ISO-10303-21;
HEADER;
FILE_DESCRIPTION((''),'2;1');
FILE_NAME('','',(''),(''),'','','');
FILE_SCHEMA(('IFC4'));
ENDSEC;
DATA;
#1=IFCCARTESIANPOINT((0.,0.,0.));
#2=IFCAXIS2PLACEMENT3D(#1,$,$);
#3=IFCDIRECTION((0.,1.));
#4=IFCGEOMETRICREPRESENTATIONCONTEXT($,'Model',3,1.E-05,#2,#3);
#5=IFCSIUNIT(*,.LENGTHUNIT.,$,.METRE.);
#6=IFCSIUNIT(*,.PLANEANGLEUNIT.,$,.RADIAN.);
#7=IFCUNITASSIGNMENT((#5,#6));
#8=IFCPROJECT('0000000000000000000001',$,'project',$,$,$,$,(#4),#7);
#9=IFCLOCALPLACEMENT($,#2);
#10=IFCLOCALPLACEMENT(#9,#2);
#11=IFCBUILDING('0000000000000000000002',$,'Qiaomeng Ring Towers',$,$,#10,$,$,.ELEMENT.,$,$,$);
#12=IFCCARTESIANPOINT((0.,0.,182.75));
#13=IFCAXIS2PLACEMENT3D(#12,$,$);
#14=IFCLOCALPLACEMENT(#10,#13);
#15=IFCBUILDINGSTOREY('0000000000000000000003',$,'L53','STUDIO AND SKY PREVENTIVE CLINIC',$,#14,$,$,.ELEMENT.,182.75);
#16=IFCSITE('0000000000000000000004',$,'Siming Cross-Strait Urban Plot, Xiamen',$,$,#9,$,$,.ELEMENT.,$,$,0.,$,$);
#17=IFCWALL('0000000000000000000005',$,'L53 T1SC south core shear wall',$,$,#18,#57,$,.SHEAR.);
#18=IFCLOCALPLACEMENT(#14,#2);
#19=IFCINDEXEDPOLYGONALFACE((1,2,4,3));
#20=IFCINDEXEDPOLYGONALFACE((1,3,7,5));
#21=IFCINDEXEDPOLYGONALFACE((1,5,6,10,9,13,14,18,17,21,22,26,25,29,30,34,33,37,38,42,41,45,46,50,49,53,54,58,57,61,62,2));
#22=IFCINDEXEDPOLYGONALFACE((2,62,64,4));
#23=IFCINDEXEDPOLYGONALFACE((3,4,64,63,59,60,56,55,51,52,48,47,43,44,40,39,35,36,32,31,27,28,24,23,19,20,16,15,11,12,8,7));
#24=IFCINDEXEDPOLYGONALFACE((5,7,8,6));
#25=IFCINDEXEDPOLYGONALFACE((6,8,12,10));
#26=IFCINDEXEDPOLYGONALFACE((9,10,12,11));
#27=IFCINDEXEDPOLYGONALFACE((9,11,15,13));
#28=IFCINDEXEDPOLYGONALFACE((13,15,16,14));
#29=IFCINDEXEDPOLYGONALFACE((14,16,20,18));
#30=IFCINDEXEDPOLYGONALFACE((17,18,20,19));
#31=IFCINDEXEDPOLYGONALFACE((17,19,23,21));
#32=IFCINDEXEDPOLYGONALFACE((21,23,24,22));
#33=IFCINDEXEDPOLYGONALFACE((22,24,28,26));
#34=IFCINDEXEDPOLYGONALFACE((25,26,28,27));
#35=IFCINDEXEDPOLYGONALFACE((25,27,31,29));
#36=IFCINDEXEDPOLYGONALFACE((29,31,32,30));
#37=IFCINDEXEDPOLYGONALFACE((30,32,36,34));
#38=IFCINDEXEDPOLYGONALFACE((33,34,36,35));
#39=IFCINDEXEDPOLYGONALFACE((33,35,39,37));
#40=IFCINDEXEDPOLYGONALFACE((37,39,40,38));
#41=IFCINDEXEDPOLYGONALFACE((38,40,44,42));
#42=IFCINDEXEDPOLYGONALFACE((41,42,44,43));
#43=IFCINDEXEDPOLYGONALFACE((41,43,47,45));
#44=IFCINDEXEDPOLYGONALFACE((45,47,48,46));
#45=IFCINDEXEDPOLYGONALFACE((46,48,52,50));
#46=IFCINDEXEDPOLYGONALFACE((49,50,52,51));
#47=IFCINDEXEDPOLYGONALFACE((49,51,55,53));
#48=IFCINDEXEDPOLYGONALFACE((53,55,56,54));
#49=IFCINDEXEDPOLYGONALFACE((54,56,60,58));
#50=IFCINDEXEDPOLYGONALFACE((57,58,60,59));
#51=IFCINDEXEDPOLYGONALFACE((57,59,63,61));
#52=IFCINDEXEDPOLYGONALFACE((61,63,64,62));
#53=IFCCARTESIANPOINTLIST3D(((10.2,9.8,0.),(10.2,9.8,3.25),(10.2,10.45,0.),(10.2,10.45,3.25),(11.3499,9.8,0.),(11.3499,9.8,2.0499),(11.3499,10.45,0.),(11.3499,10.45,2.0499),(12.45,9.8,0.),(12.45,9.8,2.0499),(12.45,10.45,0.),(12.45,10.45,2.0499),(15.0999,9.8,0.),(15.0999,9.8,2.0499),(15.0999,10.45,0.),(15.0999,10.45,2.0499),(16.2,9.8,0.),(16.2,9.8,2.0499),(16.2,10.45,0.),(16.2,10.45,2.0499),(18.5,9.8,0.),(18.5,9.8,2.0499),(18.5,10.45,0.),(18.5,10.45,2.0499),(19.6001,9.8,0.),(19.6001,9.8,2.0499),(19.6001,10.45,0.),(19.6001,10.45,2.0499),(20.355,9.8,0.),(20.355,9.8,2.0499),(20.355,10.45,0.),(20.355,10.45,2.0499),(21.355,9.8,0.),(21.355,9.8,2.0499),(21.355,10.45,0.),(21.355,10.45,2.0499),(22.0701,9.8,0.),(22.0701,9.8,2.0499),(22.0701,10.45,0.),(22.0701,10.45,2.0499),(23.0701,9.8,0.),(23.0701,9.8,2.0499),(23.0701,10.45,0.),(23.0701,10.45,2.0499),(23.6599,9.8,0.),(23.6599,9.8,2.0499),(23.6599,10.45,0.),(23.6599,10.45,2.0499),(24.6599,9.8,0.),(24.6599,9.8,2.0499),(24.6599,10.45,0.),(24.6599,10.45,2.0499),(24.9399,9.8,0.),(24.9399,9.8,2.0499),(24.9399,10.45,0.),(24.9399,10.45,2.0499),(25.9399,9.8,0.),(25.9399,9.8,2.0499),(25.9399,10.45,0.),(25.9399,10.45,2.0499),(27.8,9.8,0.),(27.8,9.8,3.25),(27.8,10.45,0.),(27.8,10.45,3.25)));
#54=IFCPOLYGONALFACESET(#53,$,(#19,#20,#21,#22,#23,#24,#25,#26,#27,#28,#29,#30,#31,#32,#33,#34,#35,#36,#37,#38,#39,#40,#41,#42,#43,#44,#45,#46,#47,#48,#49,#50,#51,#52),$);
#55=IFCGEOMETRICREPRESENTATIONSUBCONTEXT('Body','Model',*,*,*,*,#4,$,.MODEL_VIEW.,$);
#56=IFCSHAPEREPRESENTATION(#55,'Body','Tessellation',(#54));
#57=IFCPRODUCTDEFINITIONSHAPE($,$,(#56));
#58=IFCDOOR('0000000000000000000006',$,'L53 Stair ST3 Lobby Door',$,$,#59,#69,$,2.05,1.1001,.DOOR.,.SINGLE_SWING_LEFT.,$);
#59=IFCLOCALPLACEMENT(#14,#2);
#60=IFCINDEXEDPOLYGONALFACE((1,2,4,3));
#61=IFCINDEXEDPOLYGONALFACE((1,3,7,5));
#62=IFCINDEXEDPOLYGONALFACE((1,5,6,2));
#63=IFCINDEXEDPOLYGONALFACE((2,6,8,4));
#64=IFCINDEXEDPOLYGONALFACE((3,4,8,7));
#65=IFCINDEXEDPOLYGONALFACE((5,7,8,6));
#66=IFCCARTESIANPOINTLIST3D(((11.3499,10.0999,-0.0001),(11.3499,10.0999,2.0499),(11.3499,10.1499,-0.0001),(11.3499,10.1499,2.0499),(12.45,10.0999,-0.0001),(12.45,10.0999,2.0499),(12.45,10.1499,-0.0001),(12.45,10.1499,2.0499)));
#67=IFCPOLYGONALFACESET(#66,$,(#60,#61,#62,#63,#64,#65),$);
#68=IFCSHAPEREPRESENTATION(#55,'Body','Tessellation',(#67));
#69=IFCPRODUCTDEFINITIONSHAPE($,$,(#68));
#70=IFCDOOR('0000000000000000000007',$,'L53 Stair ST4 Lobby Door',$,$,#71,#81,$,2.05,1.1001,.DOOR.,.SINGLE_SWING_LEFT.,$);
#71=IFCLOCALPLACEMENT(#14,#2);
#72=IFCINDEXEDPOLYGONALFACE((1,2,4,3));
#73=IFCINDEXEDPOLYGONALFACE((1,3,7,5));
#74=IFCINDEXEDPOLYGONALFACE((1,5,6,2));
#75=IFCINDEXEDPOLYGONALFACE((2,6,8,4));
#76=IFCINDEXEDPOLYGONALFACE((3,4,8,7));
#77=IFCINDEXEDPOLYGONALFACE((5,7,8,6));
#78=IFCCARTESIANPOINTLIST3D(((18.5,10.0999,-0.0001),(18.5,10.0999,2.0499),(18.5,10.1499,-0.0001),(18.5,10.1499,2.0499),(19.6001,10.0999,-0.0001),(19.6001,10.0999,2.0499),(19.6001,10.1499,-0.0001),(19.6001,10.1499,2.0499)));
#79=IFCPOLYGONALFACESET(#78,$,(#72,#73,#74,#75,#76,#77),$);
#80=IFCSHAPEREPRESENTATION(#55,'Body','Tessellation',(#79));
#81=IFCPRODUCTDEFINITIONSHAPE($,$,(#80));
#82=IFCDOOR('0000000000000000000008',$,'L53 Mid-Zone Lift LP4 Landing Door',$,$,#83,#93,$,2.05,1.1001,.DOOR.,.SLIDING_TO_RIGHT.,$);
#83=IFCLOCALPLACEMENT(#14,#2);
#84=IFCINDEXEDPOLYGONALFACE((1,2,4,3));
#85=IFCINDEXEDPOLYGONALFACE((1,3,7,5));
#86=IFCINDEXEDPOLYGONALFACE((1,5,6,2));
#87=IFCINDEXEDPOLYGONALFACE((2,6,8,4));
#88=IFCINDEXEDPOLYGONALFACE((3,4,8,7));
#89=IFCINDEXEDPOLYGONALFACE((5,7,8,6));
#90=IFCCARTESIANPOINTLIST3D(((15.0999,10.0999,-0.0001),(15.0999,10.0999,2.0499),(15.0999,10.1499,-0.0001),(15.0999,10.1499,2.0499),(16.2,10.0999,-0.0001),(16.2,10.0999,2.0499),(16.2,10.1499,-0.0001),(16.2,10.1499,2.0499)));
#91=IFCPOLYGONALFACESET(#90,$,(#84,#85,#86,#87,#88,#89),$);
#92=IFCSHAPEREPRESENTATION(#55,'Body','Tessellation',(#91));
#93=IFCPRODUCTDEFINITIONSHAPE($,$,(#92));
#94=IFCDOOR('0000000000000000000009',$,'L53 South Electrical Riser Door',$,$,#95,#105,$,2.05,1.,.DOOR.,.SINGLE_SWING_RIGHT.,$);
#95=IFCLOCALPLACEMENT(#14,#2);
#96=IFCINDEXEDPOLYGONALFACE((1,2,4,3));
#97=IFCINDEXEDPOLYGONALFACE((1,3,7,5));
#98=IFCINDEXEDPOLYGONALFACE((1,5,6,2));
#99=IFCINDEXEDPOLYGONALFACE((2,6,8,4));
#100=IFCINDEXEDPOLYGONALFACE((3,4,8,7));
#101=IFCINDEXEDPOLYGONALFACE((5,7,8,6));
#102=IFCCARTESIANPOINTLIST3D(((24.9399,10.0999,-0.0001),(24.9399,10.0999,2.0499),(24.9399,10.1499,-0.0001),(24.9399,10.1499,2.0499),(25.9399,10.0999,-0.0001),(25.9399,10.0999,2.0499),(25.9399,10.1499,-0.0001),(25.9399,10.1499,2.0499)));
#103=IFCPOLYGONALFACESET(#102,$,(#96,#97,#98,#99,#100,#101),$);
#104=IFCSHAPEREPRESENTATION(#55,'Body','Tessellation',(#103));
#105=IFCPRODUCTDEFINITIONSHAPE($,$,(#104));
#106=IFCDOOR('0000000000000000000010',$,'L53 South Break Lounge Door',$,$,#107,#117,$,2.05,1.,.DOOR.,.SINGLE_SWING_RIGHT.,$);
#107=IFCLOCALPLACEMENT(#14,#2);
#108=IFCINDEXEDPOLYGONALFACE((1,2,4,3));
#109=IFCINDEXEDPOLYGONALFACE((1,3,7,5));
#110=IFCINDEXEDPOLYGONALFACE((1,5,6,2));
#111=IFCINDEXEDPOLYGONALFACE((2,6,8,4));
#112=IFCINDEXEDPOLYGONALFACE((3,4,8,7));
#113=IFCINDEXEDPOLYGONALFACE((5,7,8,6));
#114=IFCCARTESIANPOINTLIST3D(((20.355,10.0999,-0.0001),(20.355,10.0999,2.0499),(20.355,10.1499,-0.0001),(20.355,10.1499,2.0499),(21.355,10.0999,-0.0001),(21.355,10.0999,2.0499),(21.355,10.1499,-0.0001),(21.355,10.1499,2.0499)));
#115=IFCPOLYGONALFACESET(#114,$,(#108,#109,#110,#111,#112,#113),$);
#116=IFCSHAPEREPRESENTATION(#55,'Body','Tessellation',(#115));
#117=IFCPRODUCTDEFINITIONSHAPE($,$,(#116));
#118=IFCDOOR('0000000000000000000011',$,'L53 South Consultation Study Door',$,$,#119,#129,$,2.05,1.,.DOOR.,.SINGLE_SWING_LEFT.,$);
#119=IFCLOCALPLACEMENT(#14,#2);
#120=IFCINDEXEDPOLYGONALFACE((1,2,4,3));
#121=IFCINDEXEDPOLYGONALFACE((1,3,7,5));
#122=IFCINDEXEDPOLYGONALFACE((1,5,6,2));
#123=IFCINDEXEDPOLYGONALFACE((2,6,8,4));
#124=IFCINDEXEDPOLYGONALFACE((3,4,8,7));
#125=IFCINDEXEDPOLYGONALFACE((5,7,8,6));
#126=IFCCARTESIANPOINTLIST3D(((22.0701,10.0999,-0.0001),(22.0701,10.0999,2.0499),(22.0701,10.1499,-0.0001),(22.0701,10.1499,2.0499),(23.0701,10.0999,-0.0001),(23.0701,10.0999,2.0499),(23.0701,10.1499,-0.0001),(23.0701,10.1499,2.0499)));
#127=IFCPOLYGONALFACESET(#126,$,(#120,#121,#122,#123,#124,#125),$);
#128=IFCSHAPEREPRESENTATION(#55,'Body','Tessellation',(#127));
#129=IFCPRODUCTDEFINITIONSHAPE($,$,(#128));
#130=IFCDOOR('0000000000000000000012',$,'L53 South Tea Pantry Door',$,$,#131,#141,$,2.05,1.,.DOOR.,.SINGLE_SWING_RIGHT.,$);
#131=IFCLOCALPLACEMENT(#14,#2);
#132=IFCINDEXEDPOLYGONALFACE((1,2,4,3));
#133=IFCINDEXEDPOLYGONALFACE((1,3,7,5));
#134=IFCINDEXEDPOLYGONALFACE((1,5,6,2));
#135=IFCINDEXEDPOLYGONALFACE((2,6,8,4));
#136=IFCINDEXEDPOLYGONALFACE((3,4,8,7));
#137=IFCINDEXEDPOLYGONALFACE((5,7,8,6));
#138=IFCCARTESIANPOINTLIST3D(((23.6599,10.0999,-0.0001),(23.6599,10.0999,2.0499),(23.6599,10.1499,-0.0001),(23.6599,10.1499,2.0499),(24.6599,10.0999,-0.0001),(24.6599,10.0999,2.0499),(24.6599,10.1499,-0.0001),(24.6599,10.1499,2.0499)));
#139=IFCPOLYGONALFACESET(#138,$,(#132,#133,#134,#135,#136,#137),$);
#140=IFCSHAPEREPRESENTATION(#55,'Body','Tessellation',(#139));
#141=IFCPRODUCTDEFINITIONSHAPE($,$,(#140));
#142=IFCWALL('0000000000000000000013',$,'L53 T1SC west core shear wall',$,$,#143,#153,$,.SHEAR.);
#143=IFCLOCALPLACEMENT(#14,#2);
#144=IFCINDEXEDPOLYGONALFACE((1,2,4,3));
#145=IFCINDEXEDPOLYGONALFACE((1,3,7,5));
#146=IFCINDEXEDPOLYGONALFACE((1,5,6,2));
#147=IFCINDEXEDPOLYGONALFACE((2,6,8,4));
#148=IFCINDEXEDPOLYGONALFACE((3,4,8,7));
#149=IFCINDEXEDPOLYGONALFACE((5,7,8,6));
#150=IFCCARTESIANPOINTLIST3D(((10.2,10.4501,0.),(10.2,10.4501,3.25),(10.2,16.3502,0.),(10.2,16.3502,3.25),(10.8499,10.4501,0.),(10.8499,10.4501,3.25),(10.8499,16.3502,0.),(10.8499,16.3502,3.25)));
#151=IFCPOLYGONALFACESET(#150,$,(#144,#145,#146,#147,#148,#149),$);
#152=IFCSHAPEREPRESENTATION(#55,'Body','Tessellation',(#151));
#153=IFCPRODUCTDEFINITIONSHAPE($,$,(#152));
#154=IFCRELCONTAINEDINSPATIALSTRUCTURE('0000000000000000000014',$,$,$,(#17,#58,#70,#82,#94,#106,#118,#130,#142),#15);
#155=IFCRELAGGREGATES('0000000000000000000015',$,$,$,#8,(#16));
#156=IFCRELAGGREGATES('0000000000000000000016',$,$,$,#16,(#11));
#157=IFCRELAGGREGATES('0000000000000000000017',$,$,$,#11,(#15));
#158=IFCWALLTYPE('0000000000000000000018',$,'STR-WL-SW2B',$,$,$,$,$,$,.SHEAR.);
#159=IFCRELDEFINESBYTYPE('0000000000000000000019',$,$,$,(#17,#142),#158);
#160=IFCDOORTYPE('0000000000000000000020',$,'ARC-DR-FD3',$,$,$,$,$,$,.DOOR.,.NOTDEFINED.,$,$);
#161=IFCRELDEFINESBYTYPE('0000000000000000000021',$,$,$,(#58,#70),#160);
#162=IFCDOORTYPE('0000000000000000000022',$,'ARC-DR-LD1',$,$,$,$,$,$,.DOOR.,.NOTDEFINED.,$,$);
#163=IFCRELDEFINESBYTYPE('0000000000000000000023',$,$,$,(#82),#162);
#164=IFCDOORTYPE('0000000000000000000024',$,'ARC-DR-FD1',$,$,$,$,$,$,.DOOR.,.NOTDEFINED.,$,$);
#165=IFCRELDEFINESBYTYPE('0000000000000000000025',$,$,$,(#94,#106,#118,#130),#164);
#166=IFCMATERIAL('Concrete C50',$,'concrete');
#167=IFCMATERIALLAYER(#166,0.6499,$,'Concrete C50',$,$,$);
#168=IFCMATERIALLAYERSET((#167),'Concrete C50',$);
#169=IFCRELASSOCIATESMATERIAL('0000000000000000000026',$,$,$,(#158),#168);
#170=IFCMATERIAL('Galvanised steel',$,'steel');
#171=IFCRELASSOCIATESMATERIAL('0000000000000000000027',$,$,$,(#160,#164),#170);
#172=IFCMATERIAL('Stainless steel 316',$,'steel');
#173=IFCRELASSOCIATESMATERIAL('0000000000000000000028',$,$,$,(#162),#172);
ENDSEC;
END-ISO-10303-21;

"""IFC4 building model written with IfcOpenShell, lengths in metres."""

from ifc_helpers import new_model, si_unit, direction, frame, frame_2d, origin, place, context, subcontext, project, spatial, rectangle, extrude, source, transform, mapped, material, layer, layer_set, type_object, element, fill, save


model = new_model("IFC4")

# Units and contexts
model_context = context("Model", 3, precision=1e-05, world=origin(), true_north=direction((0.0, 1.0)))
body_context = subcontext(model_context, "Body", "Model", "MODEL_VIEW")
ifc_project = project(units=[si_unit("LENGTHUNIT", "METRE"), si_unit("PLANEANGLEUNIT", "RADIAN")], contexts=[model_context])

# Site, building, storey
site_placement = place(None, origin())
site = spatial("IfcSite", under=ifc_project, at=site_placement, Name="Siming Cross-Strait Urban Plot, Xiamen", CompositionType="ELEMENT", RefElevation=0.0)
building_placement = place(site_placement, origin())
building = spatial("IfcBuilding", under=site, at=building_placement, Name="Qiaomeng Ring Towers", CompositionType="ELEMENT")
storey_placement = place(building_placement, frame((0.0, 0.0, 182.75)))
storey = spatial("IfcBuildingStorey", under=building, at=storey_placement, Name="L53", Description="STUDIO AND SKY PREVENTIVE CLINIC", CompositionType="ELEMENT", Elevation=182.75)

# Wall, openings, doors
shared_shape_1 = source(origin(), body_context, "Body", "SweptSolid", [
    extrude(rectangle(XDim=1.0, YDim=2.05, at=frame_2d((0.5, 1.0249))), frame((0.0, 0.0249, 0.0), z_axis=(0.0, -1.0, 0.0), x_axis=(1.0, 0.0, 0.0)), (0.0, 0.0, 1.0), 0.05),
])
ifc_material_1 = material(Name="Concrete C50", Category="concrete")
ifc_layer_1 = layer(ifc_material_1, 0.6499, Name="Concrete C50")
ifc_layer_set_1 = layer_set([ifc_layer_1], Name="Concrete C50")
wall_type_1 = type_object("IfcWallType", Name="STR-WL-SW2B", PredefinedType="SHEAR", material=ifc_layer_set_1)
wall_1_placement = place(storey_placement, frame((10.2, 10.125, 0.0), z_axis=(0.0, 0.0, 1.0), x_axis=(1.0, 0.0, 0.0)))
wall_1 = element("IfcWall", 1, at=wall_1_placement, inside=storey, type_object=wall_type_1, Name="L53 T1SC south core shear wall", PredefinedType="SHEAR", context=body_context, shape_type="SweptSolid", body=[
    extrude(rectangle(XDim=17.6001, YDim=0.6499, at=frame_2d((8.8, 0.0))), origin(), (0.0, 0.0, 1.0), 3.25),
])
opening_1_placement = place(wall_1_placement, frame((1.1499, 0.0, 0.0)))
opening_1 = element("IfcOpeningElement", 2, at=opening_1_placement, cuts=wall_1, PredefinedType="OPENING", context=body_context, shape_type="SweptSolid", body=[
    extrude(rectangle(XDim=1.1001, YDim=2.05, at=frame_2d((0.55, 1.0249))), frame((0.0, 0.335, 0.0), z_axis=(0.0, -1.0, 0.0), x_axis=(1.0, 0.0, 0.0)), (0.0, 0.0, 1.0), 0.6699),
])
opening_2_placement = place(wall_1_placement, frame((8.3, 0.0, 0.0)))
opening_2 = element("IfcOpeningElement", 3, at=opening_2_placement, cuts=wall_1, PredefinedType="OPENING", context=body_context, shape_type="SweptSolid", body=[
    extrude(rectangle(XDim=1.1001, YDim=2.05, at=frame_2d((0.55, 1.0249))), frame((0.0, 0.335, 0.0), z_axis=(0.0, -1.0, 0.0), x_axis=(1.0, 0.0, 0.0)), (0.0, 0.0, 1.0), 0.6699),
])
opening_3_placement = place(wall_1_placement, frame((4.8999, 0.0, 0.0)))
opening_3 = element("IfcOpeningElement", 4, at=opening_3_placement, cuts=wall_1, PredefinedType="OPENING", context=body_context, shape_type="SweptSolid", body=[
    extrude(rectangle(XDim=1.1001, YDim=2.05, at=frame_2d((0.55, 1.0249))), frame((0.0, 0.335, 0.0), z_axis=(0.0, -1.0, 0.0), x_axis=(1.0, 0.0, 0.0)), (0.0, 0.0, 1.0), 0.6699),
])
opening_4_placement = place(wall_1_placement, frame((14.74, 0.0, 0.0)))
opening_4 = element("IfcOpeningElement", 5, at=opening_4_placement, cuts=wall_1, PredefinedType="OPENING", context=body_context, shape_type="SweptSolid", body=[
    extrude(rectangle(XDim=1.0, YDim=2.05, at=frame_2d((0.5, 1.0249))), frame((0.0, 0.335, 0.0), z_axis=(0.0, -1.0, 0.0), x_axis=(1.0, 0.0, 0.0)), (0.0, 0.0, 1.0), 0.6699),
])
opening_5_placement = place(wall_1_placement, frame((10.155, 0.0, 0.0)))
opening_5 = element("IfcOpeningElement", 6, at=opening_5_placement, cuts=wall_1, PredefinedType="OPENING", context=body_context, shape_type="SweptSolid", body=[
    extrude(rectangle(XDim=1.0, YDim=2.05, at=frame_2d((0.5, 1.0249))), frame((0.0, 0.335, 0.0), z_axis=(0.0, -1.0, 0.0), x_axis=(1.0, 0.0, 0.0)), (0.0, 0.0, 1.0), 0.6699),
])
opening_6_placement = place(wall_1_placement, frame((11.8701, 0.0, 0.0)))
opening_6 = element("IfcOpeningElement", 7, at=opening_6_placement, cuts=wall_1, PredefinedType="OPENING", context=body_context, shape_type="SweptSolid", body=[
    extrude(rectangle(XDim=1.0, YDim=2.05, at=frame_2d((0.5, 1.0249))), frame((0.0, 0.335, 0.0), z_axis=(0.0, -1.0, 0.0), x_axis=(1.0, 0.0, 0.0)), (0.0, 0.0, 1.0), 0.6699),
])
opening_7_placement = place(wall_1_placement, frame((13.46, 0.0, 0.0)))
opening_7 = element("IfcOpeningElement", 8, at=opening_7_placement, cuts=wall_1, PredefinedType="OPENING", context=body_context, shape_type="SweptSolid", body=[
    extrude(rectangle(XDim=1.0, YDim=2.05, at=frame_2d((0.5, 1.0249))), frame((0.0, 0.335, 0.0), z_axis=(0.0, -1.0, 0.0), x_axis=(1.0, 0.0, 0.0)), (0.0, 0.0, 1.0), 0.6699),
])
ifc_material_2 = material(Name="Galvanised steel", Category="steel")
door_type_1 = type_object("IfcDoorType", Name="ARC-DR-FD3", OperationType="NOTDEFINED", PredefinedType="DOOR", material=ifc_material_2)
shared_shape_2 = source(origin(), body_context, "Body", "SweptSolid", [
    extrude(rectangle(XDim=1.1001, YDim=2.05, at=frame_2d((0.55, 1.0249))), frame((0.0, 0.0249, 0.0), z_axis=(0.0, -1.0, 0.0), x_axis=(1.0, 0.0, 0.0)), (0.0, 0.0, 1.0), 0.05),
])
door_1_placement = place(opening_1_placement, origin())
door_1 = element("IfcDoor", 9, at=door_1_placement, inside=storey, type_object=door_type_1, Name="L53 Stair ST3 Lobby Door", OperationType="SINGLE_SWING_LEFT", OverallHeight=2.05, OverallWidth=1.1001, PredefinedType="DOOR", context=body_context, shape_type="MappedRepresentation", body=[
    mapped(shared_shape_2, transform((0.0, 0.0, 0.0), x_axis=(1.0, 0.0, 0.0), y_axis=(0.0, 1.0, 0.0), z_axis=(0.0, 0.0, 1.0), scale=1.0)),
])
fill(opening_1, door_1)
door_2_placement = place(opening_2_placement, origin())
door_2 = element("IfcDoor", 10, at=door_2_placement, inside=storey, type_object=door_type_1, Name="L53 Stair ST4 Lobby Door", OperationType="SINGLE_SWING_LEFT", OverallHeight=2.05, OverallWidth=1.1001, PredefinedType="DOOR", context=body_context, shape_type="MappedRepresentation", body=[
    mapped(shared_shape_2, transform((0.0, 0.0, 0.0), x_axis=(1.0, 0.0, 0.0), y_axis=(0.0, 1.0, 0.0), z_axis=(0.0, 0.0, 1.0), scale=1.0)),
])
fill(opening_2, door_2)
ifc_material_3 = material(Name="Stainless steel 316", Category="steel")
door_type_2 = type_object("IfcDoorType", Name="ARC-DR-LD1", OperationType="NOTDEFINED", PredefinedType="DOOR", material=ifc_material_3)
door_3_placement = place(opening_3_placement, origin())
door_3 = element("IfcDoor", 11, at=door_3_placement, inside=storey, type_object=door_type_2, Name="L53 Mid-Zone Lift LP4 Landing Door", OperationType="SLIDING_TO_RIGHT", OverallHeight=2.05, OverallWidth=1.1001, PredefinedType="DOOR", context=body_context, shape_type="MappedRepresentation", body=[
    mapped(shared_shape_2, transform((0.0, 0.0, 0.0), x_axis=(1.0, 0.0, 0.0), y_axis=(0.0, 1.0, 0.0), z_axis=(0.0, 0.0, 1.0), scale=1.0)),
])
fill(opening_3, door_3)
door_type_3 = type_object("IfcDoorType", Name="ARC-DR-FD1", OperationType="NOTDEFINED", PredefinedType="DOOR", material=ifc_material_2)
door_4_placement = place(opening_4_placement, origin())
door_4 = element("IfcDoor", 12, at=door_4_placement, inside=storey, type_object=door_type_3, Name="L53 South Electrical Riser Door", OperationType="SINGLE_SWING_RIGHT", OverallHeight=2.05, OverallWidth=1.0, PredefinedType="DOOR", context=body_context, shape_type="MappedRepresentation", body=[
    mapped(shared_shape_1, transform((0.0, 0.0, 0.0), x_axis=(1.0, 0.0, 0.0), y_axis=(0.0, 1.0, 0.0), z_axis=(0.0, 0.0, 1.0), scale=1.0)),
])
fill(opening_4, door_4)
door_5_placement = place(opening_5_placement, origin())
door_5 = element("IfcDoor", 13, at=door_5_placement, inside=storey, type_object=door_type_3, Name="L53 South Break Lounge Door", OperationType="SINGLE_SWING_RIGHT", OverallHeight=2.05, OverallWidth=1.0, PredefinedType="DOOR", context=body_context, shape_type="MappedRepresentation", body=[
    mapped(shared_shape_1, transform((0.0, 0.0, 0.0), x_axis=(1.0, 0.0, 0.0), y_axis=(0.0, 1.0, 0.0), z_axis=(0.0, 0.0, 1.0), scale=1.0)),
])
fill(opening_5, door_5)
door_6_placement = place(opening_6_placement, origin())
door_6 = element("IfcDoor", 14, at=door_6_placement, inside=storey, type_object=door_type_3, Name="L53 South Consultation Study Door", OperationType="SINGLE_SWING_LEFT", OverallHeight=2.05, OverallWidth=1.0, PredefinedType="DOOR", context=body_context, shape_type="MappedRepresentation", body=[
    mapped(shared_shape_1, transform((0.0, 0.0, 0.0), x_axis=(1.0, 0.0, 0.0), y_axis=(0.0, 1.0, 0.0), z_axis=(0.0, 0.0, 1.0), scale=1.0)),
])
fill(opening_6, door_6)
door_7_placement = place(opening_7_placement, origin())
door_7 = element("IfcDoor", 15, at=door_7_placement, inside=storey, type_object=door_type_3, Name="L53 South Tea Pantry Door", OperationType="SINGLE_SWING_RIGHT", OverallHeight=2.05, OverallWidth=1.0, PredefinedType="DOOR", context=body_context, shape_type="MappedRepresentation", body=[
    mapped(shared_shape_1, transform((0.0, 0.0, 0.0), x_axis=(1.0, 0.0, 0.0), y_axis=(0.0, 1.0, 0.0), z_axis=(0.0, 0.0, 1.0), scale=1.0)),
])
fill(opening_7, door_7)

# Wall
wall_2_placement = place(storey_placement, frame((10.5249, 10.45, 0.0), z_axis=(0.0, 0.0, 1.0), x_axis=(0.0, 1.0, 0.0)))
element("IfcWall", 16, at=wall_2_placement, inside=storey, type_object=wall_type_1, Name="L53 T1SC west core shear wall", PredefinedType="SHEAR", context=body_context, shape_type="SweptSolid", body=[
    extrude(rectangle(XDim=5.9001, YDim=0.6499, at=frame_2d((2.9502, 0.0))), origin(), (0.0, 0.0, 1.0), 3.25),
])

save(model, "model.ifc")
